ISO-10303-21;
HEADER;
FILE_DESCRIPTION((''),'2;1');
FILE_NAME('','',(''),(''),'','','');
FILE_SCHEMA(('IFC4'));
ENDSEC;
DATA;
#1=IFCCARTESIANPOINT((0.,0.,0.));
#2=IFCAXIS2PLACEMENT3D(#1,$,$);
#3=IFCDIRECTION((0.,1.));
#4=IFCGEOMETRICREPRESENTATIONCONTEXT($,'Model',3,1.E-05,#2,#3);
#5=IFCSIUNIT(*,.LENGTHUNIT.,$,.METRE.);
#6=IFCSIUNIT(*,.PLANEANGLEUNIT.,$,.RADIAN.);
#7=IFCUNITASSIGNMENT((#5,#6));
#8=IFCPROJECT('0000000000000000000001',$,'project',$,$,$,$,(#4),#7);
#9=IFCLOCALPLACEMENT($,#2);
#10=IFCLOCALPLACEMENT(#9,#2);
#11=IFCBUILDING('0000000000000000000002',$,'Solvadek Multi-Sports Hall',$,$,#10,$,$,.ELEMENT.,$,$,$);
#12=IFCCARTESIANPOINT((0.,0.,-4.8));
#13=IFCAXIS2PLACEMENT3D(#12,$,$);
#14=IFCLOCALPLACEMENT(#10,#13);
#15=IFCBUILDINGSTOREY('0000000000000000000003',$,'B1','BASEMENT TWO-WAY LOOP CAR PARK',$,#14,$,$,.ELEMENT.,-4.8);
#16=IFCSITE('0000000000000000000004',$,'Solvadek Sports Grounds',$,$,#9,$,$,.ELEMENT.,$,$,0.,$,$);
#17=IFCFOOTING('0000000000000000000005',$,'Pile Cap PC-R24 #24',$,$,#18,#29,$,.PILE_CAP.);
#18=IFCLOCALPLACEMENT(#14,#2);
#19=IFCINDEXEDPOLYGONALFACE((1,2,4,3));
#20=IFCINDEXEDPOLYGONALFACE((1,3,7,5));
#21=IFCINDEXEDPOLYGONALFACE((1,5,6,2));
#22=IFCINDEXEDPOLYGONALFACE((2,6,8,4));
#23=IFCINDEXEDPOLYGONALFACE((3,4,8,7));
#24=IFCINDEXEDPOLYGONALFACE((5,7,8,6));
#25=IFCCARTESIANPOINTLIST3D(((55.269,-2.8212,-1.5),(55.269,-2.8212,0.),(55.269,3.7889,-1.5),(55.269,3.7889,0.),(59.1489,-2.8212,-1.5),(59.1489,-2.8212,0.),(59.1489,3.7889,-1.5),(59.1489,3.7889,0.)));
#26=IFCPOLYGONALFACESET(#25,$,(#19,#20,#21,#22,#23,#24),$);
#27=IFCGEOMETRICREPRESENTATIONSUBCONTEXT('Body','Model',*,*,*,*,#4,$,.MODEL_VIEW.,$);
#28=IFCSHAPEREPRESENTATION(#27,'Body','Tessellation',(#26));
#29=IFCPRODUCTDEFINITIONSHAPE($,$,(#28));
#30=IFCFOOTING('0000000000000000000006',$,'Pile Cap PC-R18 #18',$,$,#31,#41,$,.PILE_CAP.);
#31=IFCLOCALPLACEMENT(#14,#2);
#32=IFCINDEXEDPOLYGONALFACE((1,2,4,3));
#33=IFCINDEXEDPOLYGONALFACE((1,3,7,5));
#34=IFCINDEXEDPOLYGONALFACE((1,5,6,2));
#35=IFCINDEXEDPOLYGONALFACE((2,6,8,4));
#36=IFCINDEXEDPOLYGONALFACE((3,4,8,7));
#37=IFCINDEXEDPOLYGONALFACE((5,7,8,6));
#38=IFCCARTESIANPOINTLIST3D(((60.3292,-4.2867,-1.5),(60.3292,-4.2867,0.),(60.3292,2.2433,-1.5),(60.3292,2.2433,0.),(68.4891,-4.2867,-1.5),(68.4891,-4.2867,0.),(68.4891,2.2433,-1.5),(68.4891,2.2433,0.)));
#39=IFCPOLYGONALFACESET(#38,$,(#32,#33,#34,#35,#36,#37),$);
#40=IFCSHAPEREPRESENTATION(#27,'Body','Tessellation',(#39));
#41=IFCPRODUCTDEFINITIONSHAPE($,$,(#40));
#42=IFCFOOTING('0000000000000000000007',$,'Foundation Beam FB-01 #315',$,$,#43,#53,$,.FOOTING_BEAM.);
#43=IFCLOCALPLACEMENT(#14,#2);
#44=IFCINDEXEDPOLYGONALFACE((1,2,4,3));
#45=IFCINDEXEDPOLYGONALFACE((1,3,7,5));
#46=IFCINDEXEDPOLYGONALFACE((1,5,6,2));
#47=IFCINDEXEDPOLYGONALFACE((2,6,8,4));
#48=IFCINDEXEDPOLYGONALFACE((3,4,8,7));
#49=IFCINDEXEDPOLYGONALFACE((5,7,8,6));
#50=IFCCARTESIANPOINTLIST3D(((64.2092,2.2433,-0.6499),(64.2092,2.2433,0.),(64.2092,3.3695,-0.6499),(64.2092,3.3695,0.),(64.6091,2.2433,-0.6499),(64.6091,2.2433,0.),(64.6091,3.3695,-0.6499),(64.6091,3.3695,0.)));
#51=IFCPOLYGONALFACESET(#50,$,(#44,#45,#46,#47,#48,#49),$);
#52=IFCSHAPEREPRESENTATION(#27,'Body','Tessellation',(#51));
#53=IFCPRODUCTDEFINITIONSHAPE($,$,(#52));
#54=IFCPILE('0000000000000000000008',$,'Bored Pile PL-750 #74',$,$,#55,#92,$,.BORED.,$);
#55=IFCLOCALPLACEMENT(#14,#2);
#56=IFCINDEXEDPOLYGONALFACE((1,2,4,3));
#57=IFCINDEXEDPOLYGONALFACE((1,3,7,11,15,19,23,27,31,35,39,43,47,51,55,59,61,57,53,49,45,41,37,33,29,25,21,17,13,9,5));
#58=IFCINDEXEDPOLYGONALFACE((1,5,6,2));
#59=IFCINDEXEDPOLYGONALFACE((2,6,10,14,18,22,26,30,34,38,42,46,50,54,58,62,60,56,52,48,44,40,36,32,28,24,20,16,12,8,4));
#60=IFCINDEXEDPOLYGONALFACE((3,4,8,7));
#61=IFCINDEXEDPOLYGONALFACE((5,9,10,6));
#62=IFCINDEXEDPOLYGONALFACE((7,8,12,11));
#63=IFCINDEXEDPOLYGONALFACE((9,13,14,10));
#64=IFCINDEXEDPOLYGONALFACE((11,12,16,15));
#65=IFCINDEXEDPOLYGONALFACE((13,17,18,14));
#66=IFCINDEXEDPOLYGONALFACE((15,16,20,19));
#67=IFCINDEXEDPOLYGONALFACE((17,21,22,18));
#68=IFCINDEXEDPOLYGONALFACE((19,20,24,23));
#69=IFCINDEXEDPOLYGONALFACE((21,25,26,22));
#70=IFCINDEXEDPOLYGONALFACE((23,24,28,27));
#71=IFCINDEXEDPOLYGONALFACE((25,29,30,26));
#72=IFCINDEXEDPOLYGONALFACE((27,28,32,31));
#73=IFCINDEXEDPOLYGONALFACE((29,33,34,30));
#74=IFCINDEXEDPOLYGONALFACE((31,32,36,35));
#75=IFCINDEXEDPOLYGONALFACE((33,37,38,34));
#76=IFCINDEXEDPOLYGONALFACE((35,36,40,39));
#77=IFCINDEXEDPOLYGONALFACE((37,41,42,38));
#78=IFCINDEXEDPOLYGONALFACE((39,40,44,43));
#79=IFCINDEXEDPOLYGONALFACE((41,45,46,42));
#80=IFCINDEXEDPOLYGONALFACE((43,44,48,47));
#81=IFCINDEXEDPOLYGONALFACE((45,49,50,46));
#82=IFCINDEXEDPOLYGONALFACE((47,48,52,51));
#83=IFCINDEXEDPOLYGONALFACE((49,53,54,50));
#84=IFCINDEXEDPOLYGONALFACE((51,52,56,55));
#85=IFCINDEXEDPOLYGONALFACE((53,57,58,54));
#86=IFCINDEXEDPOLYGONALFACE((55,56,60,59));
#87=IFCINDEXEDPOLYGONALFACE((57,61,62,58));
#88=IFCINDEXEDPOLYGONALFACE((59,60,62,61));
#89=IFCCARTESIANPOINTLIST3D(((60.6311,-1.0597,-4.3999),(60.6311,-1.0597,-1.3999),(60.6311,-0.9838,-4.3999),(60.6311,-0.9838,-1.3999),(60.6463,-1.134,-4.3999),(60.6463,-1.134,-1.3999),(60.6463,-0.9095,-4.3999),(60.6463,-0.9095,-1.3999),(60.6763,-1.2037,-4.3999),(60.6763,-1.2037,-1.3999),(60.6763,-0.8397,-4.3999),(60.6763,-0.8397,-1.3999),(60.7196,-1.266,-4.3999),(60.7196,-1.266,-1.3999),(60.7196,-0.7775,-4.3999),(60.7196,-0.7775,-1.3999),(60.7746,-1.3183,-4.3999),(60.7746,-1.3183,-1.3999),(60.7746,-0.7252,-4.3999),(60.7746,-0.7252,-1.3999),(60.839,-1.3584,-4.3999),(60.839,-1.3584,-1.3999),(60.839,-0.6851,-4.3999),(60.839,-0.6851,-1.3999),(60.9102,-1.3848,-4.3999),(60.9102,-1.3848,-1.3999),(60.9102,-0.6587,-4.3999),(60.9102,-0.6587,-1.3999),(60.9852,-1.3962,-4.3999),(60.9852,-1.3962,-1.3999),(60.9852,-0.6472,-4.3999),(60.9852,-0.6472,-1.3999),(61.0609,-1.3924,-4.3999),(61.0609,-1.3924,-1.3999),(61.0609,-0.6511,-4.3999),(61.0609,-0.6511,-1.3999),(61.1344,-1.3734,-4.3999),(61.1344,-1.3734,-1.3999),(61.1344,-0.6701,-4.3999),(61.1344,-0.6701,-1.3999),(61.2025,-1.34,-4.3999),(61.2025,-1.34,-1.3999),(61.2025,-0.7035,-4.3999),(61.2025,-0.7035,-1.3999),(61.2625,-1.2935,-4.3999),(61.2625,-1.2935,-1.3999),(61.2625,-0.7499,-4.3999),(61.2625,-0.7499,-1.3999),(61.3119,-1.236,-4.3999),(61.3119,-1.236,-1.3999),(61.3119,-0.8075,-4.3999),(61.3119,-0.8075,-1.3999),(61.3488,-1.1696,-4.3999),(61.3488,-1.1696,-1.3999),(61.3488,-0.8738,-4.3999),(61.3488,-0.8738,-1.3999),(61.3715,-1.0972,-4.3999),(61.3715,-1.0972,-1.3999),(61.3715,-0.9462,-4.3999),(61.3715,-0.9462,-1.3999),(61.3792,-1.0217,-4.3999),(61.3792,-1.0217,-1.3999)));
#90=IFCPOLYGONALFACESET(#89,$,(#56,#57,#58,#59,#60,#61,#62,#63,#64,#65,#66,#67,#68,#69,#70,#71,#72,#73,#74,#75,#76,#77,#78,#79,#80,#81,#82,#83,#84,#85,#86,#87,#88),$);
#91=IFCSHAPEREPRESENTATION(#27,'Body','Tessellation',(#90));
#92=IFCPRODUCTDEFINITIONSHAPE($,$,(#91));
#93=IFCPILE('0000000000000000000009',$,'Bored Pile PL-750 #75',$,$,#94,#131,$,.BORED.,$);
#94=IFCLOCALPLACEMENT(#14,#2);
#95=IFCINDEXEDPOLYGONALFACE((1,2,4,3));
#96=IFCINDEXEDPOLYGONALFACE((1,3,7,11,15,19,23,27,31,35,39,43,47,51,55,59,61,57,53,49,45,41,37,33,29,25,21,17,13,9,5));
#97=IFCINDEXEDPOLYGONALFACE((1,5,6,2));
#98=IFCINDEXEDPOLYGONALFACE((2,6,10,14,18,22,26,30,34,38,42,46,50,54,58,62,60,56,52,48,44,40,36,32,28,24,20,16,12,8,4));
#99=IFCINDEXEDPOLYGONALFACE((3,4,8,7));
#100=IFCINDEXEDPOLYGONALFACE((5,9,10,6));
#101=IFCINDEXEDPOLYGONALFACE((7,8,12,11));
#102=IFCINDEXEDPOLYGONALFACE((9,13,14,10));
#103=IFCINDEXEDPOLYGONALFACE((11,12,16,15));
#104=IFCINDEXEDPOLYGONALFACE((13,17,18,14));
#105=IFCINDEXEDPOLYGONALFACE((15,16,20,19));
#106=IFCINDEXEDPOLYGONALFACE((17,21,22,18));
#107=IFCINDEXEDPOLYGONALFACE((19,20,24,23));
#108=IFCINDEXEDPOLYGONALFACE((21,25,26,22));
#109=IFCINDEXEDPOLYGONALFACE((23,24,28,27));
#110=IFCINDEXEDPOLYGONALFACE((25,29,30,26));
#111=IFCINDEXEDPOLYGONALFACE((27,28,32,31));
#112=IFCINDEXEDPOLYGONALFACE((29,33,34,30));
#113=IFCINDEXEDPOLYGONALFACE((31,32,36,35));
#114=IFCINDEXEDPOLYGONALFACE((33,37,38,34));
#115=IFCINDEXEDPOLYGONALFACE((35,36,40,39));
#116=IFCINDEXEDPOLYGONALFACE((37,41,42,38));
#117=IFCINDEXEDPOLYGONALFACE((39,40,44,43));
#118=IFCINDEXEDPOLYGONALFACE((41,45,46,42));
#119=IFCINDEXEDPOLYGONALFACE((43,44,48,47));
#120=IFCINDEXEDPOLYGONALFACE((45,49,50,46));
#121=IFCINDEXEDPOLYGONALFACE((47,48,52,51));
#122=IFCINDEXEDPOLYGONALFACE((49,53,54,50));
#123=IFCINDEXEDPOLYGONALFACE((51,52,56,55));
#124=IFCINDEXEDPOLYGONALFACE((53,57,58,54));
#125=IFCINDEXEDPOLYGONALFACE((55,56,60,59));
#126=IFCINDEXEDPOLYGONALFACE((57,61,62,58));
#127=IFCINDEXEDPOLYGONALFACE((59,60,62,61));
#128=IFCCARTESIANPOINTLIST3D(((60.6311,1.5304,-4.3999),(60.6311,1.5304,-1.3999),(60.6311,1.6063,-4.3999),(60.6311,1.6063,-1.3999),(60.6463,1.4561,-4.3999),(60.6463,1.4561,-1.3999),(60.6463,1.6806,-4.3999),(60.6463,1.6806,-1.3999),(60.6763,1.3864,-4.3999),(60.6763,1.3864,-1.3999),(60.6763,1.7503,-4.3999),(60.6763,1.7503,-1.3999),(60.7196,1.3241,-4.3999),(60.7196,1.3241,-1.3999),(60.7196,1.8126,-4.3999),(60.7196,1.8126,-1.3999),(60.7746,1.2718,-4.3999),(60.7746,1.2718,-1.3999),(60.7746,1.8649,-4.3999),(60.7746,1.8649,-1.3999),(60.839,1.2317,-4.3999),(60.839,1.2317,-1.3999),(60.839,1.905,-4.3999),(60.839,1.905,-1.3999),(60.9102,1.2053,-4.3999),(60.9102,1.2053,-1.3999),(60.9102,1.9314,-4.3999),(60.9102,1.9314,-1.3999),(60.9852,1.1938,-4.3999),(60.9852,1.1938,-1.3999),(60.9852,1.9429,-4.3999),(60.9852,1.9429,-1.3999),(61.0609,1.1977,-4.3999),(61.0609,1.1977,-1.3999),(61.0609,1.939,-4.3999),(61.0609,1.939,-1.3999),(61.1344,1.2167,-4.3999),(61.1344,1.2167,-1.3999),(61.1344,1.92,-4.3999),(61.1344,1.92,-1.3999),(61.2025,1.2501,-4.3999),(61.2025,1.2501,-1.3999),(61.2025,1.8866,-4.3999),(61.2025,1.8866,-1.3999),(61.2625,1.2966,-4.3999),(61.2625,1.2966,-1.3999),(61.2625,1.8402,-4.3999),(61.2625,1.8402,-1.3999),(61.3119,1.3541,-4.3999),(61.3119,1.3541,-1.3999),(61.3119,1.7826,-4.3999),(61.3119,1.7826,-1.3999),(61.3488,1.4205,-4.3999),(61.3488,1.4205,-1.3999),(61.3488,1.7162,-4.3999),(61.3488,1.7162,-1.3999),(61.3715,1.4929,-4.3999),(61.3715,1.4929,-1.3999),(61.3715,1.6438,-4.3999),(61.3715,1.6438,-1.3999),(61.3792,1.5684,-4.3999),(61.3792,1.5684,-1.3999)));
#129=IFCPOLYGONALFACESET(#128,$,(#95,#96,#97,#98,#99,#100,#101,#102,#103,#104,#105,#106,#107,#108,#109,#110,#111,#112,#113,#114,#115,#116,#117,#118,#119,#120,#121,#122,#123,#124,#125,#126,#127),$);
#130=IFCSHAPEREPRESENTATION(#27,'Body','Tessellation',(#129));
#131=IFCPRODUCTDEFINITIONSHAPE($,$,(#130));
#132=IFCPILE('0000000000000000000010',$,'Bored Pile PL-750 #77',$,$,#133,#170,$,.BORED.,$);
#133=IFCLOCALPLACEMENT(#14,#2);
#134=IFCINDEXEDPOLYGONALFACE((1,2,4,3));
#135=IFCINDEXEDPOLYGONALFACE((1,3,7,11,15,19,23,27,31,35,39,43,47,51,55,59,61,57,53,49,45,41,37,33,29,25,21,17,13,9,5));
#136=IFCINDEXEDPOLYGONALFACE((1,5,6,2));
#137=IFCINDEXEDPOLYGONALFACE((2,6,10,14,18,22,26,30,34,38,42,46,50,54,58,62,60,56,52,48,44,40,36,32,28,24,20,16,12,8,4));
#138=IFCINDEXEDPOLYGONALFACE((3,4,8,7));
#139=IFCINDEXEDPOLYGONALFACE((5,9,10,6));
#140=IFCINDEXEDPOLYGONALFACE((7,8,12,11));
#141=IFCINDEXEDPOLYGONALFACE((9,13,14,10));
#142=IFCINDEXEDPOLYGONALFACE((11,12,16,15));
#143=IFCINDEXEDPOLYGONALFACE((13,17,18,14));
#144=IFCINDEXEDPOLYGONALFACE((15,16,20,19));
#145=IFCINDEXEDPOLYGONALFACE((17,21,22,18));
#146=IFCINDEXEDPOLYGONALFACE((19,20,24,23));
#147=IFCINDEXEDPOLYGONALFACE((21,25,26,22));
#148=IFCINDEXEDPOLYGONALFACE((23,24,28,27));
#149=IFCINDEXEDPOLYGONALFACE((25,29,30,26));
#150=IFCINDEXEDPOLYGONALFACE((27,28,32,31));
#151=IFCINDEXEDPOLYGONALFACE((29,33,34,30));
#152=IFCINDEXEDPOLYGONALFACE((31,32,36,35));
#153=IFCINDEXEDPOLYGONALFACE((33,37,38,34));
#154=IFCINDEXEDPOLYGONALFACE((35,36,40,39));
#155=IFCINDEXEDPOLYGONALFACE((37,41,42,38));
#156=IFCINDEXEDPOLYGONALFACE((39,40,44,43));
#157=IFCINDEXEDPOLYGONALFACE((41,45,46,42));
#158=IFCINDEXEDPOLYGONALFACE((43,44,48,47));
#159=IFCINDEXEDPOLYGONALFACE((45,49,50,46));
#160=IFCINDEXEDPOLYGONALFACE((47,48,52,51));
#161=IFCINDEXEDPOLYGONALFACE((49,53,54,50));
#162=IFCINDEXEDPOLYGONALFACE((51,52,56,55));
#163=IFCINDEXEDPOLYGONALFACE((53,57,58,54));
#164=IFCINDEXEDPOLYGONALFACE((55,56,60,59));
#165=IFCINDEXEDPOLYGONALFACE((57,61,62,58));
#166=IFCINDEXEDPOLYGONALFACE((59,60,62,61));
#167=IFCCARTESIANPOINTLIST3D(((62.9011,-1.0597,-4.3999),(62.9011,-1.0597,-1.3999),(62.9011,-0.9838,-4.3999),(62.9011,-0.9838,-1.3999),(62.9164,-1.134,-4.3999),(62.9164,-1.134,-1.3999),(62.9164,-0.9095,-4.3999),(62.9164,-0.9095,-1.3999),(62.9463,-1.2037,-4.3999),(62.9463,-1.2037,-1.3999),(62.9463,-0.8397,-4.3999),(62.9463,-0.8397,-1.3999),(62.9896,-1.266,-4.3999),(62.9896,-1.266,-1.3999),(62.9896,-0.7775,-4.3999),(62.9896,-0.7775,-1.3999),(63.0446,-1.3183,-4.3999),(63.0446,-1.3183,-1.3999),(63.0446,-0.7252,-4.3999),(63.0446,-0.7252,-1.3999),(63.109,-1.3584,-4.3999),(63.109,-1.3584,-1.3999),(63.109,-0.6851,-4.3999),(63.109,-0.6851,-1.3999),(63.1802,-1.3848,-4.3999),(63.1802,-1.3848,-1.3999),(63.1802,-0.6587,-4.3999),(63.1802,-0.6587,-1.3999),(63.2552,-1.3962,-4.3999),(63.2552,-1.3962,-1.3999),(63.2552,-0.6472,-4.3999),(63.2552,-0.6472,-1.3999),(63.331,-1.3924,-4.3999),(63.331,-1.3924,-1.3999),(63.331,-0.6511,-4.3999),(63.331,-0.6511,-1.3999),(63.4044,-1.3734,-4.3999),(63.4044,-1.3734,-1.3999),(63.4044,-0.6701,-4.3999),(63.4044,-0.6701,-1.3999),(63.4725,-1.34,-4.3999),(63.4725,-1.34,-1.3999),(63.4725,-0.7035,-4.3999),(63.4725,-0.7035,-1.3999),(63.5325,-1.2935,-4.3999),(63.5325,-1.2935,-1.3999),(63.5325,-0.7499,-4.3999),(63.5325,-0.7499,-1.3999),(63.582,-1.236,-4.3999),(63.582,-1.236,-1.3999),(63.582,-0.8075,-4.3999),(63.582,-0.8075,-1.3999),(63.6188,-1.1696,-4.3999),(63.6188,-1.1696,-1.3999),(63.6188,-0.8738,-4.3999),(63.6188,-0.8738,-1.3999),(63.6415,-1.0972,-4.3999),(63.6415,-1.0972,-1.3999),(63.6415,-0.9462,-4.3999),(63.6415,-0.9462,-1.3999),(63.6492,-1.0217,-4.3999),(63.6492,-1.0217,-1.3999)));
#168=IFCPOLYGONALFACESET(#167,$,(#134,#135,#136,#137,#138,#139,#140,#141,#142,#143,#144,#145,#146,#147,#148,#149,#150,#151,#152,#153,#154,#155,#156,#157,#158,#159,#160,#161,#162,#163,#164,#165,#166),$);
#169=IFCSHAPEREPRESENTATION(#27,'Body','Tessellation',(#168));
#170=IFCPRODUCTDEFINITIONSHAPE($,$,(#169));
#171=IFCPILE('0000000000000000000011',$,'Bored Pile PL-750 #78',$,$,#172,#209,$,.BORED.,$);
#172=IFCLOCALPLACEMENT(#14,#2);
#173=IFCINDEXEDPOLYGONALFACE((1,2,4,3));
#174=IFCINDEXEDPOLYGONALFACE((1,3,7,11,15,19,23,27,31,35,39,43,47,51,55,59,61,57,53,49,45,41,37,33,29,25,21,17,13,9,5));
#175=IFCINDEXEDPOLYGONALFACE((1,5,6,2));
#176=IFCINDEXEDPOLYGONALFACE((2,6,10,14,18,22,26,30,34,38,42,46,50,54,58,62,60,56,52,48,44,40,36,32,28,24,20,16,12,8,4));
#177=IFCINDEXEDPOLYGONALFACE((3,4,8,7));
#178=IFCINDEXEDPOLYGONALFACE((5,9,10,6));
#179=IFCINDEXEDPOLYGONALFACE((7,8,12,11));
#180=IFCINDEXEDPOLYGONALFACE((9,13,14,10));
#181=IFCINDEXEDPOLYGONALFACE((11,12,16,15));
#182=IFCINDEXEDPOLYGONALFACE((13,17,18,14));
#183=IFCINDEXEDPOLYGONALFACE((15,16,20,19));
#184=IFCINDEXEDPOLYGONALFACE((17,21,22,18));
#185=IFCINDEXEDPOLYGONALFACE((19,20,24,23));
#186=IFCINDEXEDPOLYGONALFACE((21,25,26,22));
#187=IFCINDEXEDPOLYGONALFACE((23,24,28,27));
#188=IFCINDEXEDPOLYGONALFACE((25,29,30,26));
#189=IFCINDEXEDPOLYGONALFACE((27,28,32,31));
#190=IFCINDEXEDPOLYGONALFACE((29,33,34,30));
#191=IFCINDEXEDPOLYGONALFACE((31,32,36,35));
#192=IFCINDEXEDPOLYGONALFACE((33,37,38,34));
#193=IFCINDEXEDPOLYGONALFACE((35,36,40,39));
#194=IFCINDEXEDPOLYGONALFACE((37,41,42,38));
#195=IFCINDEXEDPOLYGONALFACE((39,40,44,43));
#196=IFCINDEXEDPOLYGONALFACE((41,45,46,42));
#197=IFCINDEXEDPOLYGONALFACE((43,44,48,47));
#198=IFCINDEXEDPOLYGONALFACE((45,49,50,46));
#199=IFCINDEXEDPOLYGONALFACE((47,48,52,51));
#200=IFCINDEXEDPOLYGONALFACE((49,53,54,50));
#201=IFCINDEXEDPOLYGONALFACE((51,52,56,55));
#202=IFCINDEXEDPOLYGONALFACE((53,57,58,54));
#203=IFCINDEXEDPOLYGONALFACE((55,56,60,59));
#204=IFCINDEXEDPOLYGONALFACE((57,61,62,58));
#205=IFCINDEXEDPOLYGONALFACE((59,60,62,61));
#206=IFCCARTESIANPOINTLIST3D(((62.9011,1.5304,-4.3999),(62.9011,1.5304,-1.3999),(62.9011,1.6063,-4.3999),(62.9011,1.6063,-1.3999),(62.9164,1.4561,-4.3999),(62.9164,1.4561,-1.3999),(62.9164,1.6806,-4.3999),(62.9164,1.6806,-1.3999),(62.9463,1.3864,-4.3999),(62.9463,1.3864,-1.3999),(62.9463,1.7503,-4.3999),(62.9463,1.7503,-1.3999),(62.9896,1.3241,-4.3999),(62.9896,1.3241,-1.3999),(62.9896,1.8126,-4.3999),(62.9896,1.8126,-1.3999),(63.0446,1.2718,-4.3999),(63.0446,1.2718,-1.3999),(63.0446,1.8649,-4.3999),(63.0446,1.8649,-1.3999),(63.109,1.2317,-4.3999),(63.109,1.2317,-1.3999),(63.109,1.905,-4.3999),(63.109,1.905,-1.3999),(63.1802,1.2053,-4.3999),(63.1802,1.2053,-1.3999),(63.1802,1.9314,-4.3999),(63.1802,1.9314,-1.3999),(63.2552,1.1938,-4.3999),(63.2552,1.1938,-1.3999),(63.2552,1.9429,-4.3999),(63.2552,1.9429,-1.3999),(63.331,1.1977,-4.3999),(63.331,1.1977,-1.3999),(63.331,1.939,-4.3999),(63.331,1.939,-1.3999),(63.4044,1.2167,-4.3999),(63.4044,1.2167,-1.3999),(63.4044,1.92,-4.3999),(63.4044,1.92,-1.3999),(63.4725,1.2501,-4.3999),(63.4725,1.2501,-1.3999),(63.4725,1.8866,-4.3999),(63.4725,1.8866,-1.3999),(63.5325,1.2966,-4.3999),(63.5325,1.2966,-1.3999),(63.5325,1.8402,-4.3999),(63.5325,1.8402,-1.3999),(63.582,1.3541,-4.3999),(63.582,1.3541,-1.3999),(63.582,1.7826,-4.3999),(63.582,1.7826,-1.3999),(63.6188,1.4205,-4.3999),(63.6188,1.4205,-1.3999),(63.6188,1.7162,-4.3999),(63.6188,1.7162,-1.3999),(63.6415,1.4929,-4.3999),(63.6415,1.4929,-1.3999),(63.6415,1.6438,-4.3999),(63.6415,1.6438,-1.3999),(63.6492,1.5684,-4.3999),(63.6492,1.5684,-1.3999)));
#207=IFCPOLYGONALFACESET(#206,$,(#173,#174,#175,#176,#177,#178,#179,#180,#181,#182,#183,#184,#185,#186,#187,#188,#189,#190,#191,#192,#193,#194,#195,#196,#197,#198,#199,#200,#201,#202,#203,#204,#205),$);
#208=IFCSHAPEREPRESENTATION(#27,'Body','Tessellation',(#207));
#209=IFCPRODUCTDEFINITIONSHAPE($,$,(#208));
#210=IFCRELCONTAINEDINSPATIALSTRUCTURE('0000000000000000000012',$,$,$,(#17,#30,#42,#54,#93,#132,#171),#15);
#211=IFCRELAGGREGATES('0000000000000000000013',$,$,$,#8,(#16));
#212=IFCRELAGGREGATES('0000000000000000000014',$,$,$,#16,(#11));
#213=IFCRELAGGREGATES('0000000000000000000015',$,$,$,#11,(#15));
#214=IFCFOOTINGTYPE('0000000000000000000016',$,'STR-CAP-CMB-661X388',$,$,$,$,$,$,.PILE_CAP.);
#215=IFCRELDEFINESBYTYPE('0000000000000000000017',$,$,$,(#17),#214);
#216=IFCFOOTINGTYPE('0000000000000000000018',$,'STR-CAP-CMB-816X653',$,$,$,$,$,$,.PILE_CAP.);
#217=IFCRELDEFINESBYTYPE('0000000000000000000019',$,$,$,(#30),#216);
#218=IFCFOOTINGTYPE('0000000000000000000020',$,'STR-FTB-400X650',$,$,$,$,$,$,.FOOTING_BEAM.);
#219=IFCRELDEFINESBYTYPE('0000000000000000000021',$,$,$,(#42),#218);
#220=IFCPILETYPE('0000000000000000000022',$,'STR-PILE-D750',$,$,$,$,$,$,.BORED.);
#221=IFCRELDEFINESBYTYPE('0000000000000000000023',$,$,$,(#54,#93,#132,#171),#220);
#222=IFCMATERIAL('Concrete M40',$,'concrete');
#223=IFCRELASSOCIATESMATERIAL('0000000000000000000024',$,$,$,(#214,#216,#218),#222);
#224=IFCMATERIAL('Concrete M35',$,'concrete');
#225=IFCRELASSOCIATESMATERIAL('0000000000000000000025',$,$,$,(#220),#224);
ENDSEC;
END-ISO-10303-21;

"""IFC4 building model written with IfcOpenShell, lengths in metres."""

from ifc_helpers import new_model, si_unit, direction, frame, origin, origin_2d, place, context, subcontext, project, spatial, rectangle, circle, extrude, material, material_profile, profile_set, type_object, element, save


model = new_model("IFC4")

# Units and contexts
model_context = context("Model", 3, precision=1e-05, world=origin(), true_north=direction((0.0, 1.0)))
body_context = subcontext(model_context, "Body", "Model", "MODEL_VIEW")
ifc_project = project(units=[si_unit("LENGTHUNIT", "METRE"), si_unit("PLANEANGLEUNIT", "RADIAN")], contexts=[model_context])

# Site, building, storey
site_placement = place(None, origin())
site = spatial("IfcSite", under=ifc_project, at=site_placement, Name="Solvadek Sports Grounds", CompositionType="ELEMENT", RefElevation=0.0)
building_placement = place(site_placement, origin())
building = spatial("IfcBuilding", under=site, at=building_placement, Name="Solvadek Multi-Sports Hall", CompositionType="ELEMENT")
storey_placement = place(building_placement, frame((0.0, 0.0, -4.8)))
storey = spatial("IfcBuildingStorey", under=building, at=storey_placement, Name="B1", Description="BASEMENT TWO-WAY LOOP CAR PARK", CompositionType="ELEMENT", Elevation=-4.8)

# Footings
ifc_material_1 = material(Name="Concrete M40", Category="concrete")
footing_type_1 = type_object("IfcFootingType", Name="STR-CAP-CMB-661X388", PredefinedType="PILE_CAP", material=ifc_material_1)
footing_1_placement = place(storey_placement, frame((57.209, 0.4839, -1.5), z_axis=(0.0, 0.0, 1.0), x_axis=(0.0, 1.0, 0.0)))
element("IfcFooting", 1, at=footing_1_placement, inside=storey, type_object=footing_type_1, Name="Pile Cap PC-R24 #24", PredefinedType="PILE_CAP", context=body_context, shape_type="SweptSolid", body=[
    extrude(rectangle(XDim=6.6101, YDim=3.8799, at=origin_2d()), origin(), (0.0, 0.0, 1.0), 1.5),
])
footing_type_2 = type_object("IfcFootingType", Name="STR-CAP-CMB-816X653", PredefinedType="PILE_CAP", material=ifc_material_1)
footing_2_placement = place(storey_placement, frame((64.4092, -1.0217, -1.5), z_axis=(0.0, 0.0, 1.0), x_axis=(1.0, 0.0, 0.0)))
element("IfcFooting", 2, at=footing_2_placement, inside=storey, type_object=footing_type_2, Name="Pile Cap PC-R18 #18", PredefinedType="PILE_CAP", context=body_context, shape_type="SweptSolid", body=[
    extrude(rectangle(XDim=8.1599, YDim=6.53, at=origin_2d()), origin(), (0.0, 0.0, 1.0), 1.5),
])
footing_type_3 = type_object("IfcFootingType", Name="STR-FTB-400X650", PredefinedType="FOOTING_BEAM", material=ifc_material_1)
footing_3_placement = place(storey_placement, frame((64.4092, 2.8064, -0.6499), z_axis=(0.0, 0.0, 1.0), x_axis=(0.0, 1.0, 0.0)))
element("IfcFooting", 3, at=footing_3_placement, inside=storey, type_object=footing_type_3, Name="Foundation Beam FB-01 #315", PredefinedType="FOOTING_BEAM", context=body_context, shape_type="SweptSolid", body=[
    extrude(rectangle(XDim=1.1262, YDim=0.3999, at=origin_2d()), origin(), (0.0, 0.0, 1.0), 0.6499),
])

# Piles
ifc_material_2 = material(Name="Concrete M35", Category="concrete")
ifc_material_profile_1 = material_profile(ifc_material_2, circle(Radius=0.375, at=origin_2d()), Name="BORED PILE D750")
ifc_profile_set_1 = profile_set([ifc_material_profile_1], Name="Concrete M35")
pile_type = type_object("IfcPileType", Name="STR-PILE-D750", PredefinedType="BORED", material=ifc_profile_set_1)
for number, where, z_axis, x_axis, name in (
    (4, (61.0042, -1.0217, -1.3999), (0.0, 0.0, -1.0), (1.0, 0.0, 0.0), "Bored Pile PL-750 #74"),
    (5, (61.0042, 1.5684, -1.3999), (0.0, 0.0, -1.0), (1.0, 0.0, 0.0), "Bored Pile PL-750 #75"),
    (6, (63.2742, -1.0217, -1.3999), (0.0, 0.0, -1.0), (1.0, 0.0, 0.0), "Bored Pile PL-750 #77"),
    (7, (63.2742, 1.5684, -1.3999), (0.0, 0.0, -1.0), (1.0, 0.0, 0.0), "Bored Pile PL-750 #78"),
):
    element("IfcPile", number, at=place(storey_placement, frame(where, z_axis=z_axis, x_axis=x_axis)), inside=storey, type_object=pile_type, Name=name, PredefinedType="BORED", context=body_context, shape_type="SweptSolid", body=[
        extrude(circle(Radius=0.375, at=origin_2d()), origin(), (0.0, 0.0, 1.0), 3.0),
    ])

save(model, "model.ifc")
